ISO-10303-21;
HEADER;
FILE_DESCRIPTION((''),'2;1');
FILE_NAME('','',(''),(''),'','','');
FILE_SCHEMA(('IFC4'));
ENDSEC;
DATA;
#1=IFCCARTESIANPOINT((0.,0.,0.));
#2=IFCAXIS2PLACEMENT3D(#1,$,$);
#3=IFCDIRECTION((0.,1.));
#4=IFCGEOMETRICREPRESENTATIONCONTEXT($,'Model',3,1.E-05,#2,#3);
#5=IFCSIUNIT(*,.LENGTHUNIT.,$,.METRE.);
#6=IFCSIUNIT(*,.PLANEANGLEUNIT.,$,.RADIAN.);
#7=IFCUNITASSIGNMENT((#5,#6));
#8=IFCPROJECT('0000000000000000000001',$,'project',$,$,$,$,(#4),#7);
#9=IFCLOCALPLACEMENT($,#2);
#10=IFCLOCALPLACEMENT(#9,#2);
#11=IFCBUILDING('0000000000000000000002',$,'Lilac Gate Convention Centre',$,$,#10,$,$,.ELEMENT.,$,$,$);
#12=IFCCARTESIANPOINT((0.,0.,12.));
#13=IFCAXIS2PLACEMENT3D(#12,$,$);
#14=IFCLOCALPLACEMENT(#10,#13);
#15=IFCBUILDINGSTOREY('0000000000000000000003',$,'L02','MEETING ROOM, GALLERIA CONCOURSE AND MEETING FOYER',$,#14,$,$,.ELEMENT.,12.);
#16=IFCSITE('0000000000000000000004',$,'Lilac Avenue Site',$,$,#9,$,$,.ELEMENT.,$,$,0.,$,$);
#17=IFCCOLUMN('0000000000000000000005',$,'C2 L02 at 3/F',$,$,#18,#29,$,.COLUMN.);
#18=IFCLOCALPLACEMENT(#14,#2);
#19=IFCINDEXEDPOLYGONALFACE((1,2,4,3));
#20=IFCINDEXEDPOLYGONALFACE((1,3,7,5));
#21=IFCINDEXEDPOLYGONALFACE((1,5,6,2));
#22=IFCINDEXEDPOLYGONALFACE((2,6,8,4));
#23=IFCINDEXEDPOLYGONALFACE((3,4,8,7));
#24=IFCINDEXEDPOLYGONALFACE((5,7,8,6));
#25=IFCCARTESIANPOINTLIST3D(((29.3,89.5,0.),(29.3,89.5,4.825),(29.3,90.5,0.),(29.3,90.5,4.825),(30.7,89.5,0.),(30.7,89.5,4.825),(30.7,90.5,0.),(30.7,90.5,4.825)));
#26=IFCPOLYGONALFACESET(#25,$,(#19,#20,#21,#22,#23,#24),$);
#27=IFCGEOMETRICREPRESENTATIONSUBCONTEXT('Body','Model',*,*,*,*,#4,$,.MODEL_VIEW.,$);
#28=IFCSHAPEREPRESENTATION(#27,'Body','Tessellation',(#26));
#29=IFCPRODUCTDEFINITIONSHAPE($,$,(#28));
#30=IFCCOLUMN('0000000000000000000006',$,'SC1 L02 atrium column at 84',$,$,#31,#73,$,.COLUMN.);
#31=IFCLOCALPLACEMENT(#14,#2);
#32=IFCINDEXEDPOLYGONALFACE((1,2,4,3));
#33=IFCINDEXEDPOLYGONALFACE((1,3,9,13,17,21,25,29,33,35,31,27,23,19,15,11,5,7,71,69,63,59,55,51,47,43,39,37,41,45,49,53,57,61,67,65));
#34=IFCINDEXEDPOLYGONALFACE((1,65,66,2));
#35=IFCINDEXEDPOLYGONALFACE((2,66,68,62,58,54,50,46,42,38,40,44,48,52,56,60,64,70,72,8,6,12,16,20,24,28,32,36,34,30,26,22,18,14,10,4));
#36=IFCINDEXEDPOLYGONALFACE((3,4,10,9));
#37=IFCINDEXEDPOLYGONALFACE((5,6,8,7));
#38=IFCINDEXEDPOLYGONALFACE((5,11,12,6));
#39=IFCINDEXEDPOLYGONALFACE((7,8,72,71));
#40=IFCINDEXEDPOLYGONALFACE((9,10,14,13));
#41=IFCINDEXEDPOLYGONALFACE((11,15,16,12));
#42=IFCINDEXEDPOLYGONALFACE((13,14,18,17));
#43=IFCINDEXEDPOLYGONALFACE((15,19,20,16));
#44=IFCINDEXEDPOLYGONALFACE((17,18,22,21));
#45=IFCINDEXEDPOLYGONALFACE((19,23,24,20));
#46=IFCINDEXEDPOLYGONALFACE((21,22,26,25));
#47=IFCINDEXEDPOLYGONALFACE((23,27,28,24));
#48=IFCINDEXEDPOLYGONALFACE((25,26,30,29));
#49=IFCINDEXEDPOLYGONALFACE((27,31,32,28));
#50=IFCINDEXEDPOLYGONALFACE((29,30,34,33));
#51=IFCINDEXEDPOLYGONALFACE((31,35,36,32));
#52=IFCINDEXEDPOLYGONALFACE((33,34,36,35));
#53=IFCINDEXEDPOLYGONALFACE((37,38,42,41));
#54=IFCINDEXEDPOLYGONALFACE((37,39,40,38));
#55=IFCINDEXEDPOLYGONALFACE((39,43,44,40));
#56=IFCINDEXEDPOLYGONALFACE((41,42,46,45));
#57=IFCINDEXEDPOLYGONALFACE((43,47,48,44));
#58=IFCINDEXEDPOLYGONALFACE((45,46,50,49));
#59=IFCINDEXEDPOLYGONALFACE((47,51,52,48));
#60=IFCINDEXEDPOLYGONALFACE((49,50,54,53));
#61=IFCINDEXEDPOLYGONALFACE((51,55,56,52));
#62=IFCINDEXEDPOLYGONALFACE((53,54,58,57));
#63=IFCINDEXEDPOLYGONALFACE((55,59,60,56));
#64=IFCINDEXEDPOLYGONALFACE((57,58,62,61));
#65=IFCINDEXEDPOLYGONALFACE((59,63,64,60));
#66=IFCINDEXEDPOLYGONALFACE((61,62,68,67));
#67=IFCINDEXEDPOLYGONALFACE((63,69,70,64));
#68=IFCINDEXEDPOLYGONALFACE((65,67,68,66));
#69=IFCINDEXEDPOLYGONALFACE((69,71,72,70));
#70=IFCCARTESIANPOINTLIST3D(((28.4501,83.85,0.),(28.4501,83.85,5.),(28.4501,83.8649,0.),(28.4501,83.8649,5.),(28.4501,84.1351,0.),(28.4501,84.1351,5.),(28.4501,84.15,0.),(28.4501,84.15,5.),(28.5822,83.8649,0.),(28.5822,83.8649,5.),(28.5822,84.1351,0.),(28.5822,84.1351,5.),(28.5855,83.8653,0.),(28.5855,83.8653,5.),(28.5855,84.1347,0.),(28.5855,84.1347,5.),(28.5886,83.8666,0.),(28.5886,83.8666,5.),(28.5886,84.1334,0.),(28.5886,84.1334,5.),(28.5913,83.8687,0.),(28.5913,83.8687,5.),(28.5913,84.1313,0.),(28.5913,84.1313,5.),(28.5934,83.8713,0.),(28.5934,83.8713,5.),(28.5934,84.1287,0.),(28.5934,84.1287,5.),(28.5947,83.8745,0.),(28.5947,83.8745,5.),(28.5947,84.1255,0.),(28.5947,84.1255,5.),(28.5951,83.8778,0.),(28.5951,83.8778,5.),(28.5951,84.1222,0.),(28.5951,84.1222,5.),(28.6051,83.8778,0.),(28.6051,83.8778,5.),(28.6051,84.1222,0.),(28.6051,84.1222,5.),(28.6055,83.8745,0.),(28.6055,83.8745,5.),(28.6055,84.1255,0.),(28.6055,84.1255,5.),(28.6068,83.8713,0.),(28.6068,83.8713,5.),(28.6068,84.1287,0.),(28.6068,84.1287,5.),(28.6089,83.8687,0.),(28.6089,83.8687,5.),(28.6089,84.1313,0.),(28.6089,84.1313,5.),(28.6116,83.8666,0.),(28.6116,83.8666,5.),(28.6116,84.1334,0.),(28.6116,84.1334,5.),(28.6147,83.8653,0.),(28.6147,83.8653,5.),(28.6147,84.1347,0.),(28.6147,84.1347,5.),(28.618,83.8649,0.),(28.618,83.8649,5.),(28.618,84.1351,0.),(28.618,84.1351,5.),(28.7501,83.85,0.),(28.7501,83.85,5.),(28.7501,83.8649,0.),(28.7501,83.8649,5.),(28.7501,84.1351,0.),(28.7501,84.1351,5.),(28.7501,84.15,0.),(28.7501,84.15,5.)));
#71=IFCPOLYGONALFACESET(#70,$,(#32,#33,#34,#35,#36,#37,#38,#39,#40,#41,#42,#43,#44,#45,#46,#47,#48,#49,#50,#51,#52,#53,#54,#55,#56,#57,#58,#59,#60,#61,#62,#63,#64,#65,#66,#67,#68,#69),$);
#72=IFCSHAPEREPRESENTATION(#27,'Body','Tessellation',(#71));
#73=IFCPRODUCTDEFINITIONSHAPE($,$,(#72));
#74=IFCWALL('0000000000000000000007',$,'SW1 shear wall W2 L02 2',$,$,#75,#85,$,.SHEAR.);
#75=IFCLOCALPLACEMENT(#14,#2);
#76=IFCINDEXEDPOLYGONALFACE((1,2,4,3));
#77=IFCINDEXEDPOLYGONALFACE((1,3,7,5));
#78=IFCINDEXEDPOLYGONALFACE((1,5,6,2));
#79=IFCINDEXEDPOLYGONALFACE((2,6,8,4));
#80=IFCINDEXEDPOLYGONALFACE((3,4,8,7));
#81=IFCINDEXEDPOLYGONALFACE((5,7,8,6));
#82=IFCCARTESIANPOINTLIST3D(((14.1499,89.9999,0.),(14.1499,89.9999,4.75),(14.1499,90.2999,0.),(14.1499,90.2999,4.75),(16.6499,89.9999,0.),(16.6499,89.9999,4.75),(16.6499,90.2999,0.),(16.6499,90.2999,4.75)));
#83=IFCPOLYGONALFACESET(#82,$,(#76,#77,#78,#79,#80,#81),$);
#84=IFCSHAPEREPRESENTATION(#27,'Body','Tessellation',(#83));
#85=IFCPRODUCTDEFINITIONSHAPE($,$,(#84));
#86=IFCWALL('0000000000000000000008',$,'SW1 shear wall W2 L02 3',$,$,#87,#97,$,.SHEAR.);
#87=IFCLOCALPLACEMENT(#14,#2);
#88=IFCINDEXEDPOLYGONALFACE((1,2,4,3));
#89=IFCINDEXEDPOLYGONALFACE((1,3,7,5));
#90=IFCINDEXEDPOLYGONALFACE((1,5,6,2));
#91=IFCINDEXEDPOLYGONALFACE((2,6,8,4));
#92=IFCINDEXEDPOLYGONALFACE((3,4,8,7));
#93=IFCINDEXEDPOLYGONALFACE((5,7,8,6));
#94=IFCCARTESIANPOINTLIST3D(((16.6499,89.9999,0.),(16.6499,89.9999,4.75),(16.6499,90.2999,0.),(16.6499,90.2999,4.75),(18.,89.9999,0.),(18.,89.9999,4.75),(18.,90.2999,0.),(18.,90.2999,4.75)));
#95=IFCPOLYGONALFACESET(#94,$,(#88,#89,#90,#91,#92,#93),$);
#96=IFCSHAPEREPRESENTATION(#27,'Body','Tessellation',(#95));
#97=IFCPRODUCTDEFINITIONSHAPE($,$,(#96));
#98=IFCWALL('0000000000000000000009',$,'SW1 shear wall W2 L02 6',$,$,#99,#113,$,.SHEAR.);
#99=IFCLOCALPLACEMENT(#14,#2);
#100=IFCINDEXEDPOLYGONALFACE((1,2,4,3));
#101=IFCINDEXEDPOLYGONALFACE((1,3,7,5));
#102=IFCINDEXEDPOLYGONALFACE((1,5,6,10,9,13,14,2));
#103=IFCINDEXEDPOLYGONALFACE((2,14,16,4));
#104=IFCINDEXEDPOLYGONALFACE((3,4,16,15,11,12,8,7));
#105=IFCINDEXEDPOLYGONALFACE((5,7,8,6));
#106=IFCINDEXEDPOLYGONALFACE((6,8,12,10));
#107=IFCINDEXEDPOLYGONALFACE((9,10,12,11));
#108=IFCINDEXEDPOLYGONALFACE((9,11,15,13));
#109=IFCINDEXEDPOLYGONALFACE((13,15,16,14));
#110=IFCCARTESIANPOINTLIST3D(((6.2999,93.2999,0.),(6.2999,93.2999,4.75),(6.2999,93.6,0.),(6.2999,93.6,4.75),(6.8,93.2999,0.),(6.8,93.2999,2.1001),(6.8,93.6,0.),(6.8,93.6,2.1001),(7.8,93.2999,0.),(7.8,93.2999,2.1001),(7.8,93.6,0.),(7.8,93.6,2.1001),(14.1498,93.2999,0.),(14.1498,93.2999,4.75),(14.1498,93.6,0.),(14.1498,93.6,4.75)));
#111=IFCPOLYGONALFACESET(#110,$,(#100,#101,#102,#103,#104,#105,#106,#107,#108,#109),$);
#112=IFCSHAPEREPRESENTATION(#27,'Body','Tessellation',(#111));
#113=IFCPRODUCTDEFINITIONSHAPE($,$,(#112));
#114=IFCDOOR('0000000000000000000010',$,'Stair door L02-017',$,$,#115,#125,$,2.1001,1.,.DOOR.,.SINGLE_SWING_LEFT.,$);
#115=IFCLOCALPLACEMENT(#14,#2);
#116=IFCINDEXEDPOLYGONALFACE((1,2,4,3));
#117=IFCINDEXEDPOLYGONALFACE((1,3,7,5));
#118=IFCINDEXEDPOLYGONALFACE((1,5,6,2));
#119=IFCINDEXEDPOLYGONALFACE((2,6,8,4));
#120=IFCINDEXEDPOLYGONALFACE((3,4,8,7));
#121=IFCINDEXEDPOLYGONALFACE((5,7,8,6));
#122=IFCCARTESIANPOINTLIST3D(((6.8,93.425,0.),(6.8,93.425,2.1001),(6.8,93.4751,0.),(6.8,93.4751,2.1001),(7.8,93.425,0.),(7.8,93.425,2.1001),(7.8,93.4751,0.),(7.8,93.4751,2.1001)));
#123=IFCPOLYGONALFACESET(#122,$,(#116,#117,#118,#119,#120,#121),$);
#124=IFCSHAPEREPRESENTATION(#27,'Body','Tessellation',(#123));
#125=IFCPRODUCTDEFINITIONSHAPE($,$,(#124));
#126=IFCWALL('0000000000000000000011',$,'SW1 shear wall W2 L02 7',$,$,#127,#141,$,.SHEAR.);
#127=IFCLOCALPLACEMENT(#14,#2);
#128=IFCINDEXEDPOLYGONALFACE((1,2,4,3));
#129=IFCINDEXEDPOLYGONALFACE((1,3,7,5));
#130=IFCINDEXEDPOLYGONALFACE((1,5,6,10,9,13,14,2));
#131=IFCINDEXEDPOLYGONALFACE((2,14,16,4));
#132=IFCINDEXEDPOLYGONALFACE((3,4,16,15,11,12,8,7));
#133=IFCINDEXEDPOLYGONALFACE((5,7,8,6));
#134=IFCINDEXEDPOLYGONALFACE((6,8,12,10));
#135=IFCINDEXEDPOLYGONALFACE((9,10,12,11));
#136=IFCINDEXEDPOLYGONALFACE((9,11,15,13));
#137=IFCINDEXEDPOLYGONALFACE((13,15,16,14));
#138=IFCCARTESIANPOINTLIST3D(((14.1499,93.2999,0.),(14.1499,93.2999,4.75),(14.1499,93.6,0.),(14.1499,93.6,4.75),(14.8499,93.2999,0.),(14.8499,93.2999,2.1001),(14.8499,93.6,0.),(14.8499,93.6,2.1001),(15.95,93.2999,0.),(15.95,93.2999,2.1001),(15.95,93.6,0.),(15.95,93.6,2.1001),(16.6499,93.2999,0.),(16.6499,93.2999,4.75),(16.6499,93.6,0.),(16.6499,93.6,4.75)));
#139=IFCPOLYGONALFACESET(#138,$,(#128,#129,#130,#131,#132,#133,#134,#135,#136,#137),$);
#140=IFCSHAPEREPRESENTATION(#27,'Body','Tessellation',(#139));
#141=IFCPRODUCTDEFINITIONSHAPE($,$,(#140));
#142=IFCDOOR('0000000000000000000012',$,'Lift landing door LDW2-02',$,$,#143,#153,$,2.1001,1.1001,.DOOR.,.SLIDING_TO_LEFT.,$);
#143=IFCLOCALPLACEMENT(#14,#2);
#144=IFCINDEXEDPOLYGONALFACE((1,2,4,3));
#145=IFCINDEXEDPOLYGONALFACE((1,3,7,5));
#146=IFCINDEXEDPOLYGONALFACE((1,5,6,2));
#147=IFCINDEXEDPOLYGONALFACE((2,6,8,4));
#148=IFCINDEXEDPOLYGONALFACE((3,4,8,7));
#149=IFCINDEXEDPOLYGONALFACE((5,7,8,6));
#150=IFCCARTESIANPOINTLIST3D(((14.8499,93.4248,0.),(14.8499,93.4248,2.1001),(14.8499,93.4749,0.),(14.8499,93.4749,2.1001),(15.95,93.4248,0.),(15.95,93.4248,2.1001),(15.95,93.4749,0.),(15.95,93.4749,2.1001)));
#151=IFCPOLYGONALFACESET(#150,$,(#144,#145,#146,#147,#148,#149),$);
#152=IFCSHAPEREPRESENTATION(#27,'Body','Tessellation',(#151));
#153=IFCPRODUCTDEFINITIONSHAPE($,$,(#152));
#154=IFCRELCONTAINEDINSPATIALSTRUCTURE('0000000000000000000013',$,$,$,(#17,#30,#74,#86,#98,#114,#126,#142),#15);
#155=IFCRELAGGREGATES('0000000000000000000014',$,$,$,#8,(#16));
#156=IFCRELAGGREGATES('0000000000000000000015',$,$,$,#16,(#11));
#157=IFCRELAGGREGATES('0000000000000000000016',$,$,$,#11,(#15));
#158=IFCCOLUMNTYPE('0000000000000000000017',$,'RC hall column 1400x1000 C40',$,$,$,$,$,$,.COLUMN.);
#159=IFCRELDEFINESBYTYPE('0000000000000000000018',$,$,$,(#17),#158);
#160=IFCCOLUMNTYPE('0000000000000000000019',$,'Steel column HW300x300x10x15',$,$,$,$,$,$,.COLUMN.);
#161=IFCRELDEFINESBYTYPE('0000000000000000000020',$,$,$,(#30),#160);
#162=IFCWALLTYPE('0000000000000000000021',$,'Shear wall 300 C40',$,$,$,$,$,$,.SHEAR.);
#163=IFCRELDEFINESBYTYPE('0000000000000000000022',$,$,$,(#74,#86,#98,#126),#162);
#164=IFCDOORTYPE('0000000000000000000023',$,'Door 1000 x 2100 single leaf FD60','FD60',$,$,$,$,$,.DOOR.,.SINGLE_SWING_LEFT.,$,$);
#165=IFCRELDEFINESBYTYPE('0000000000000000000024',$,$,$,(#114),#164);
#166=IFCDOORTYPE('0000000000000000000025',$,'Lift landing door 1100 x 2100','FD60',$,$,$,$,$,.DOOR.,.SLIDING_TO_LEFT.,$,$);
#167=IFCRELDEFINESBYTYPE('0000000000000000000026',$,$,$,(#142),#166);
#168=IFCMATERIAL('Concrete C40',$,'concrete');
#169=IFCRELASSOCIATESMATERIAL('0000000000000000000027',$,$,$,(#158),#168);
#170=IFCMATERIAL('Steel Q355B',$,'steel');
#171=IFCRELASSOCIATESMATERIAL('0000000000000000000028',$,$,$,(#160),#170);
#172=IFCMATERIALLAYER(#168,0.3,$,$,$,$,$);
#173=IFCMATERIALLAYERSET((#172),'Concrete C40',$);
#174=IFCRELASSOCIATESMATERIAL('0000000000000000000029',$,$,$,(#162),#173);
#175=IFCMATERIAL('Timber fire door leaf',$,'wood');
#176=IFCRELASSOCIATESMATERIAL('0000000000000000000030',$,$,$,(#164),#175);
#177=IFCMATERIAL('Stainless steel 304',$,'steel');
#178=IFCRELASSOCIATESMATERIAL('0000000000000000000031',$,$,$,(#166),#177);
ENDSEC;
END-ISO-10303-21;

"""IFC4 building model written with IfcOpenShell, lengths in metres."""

from ifc_helpers import new_model, si_unit, direction, frame, frame_2d, origin, origin_2d, place, context, subcontext, project, spatial, rectangle, i_section, extrude, material, layer, layer_set, material_profile, profile_set, type_object, element, fill, save


model = new_model("IFC4")

# Units and contexts
model_context = context("Model", 3, precision=1e-05, world=origin(), true_north=direction((0.0, 1.0)))
body_context = subcontext(model_context, "Body", "Model", "MODEL_VIEW")
ifc_project = project(units=[si_unit("LENGTHUNIT", "METRE"), si_unit("PLANEANGLEUNIT", "RADIAN")], contexts=[model_context])

# Site, building, storey
site_placement = place(None, origin())
site = spatial("IfcSite", under=ifc_project, at=site_placement, Name="Lilac Avenue Site", CompositionType="ELEMENT", RefElevation=0.0)
building_placement = place(site_placement, origin())
building = spatial("IfcBuilding", under=site, at=building_placement, Name="Lilac Gate Convention Centre", CompositionType="ELEMENT")
storey_placement = place(building_placement, frame((0.0, 0.0, 12.0)))
storey = spatial("IfcBuildingStorey", under=building, at=storey_placement, Name="L02", Description="MEETING ROOM, GALLERIA CONCOURSE AND MEETING FOYER", CompositionType="ELEMENT", Elevation=12.0)

# Columns
ifc_material_1 = material(Name="Concrete C40", Category="concrete")
ifc_material_profile_1 = material_profile(ifc_material_1, rectangle(XDim=1.3999, YDim=1.0, at=origin_2d()), Name="RC 1400x1000")
ifc_profile_set_1 = profile_set([ifc_material_profile_1], Name="Concrete C40")
column_type_1 = type_object("IfcColumnType", Name="RC hall column 1400x1000 C40", PredefinedType="COLUMN", material=ifc_profile_set_1)
column_1_placement = place(storey_placement, frame((30.0, 90.0, 0.0), z_axis=(0.0, 0.0, 1.0), x_axis=(1.0, 0.0, 0.0)))
element("IfcColumn", 1, at=column_1_placement, inside=storey, type_object=column_type_1, Name="C2 L02 at 3/F", PredefinedType="COLUMN", context=body_context, shape_type="SweptSolid", body=[
    extrude(rectangle(XDim=1.3999, YDim=1.0, at=origin_2d()), origin(), (0.0, 0.0, 1.0), 4.825),
])
ifc_material_2 = material(Name="Steel Q355B", Category="steel")
ifc_material_profile_2 = material_profile(ifc_material_2, i_section(OverallWidth=0.3, OverallDepth=0.3, WebThickness=0.01, FlangeThickness=0.0149, FilletRadius=0.0129, at=origin_2d()), Name="HW300x300x10x15")
ifc_profile_set_2 = profile_set([ifc_material_profile_2], Name="Steel Q355B")
column_type_2 = type_object("IfcColumnType", Name="Steel column HW300x300x10x15", PredefinedType="COLUMN", material=ifc_profile_set_2)
column_2_placement = place(storey_placement, frame((28.6001, 84.0, 0.0), z_axis=(0.0, 0.0, 1.0), x_axis=(1.0, 0.0, 0.0)))
element("IfcColumn", 2, at=column_2_placement, inside=storey, type_object=column_type_2, Name="SC1 L02 atrium column at 84", PredefinedType="COLUMN", context=body_context, shape_type="SweptSolid", body=[
    extrude(i_section(OverallWidth=0.3, OverallDepth=0.3, WebThickness=0.01, FlangeThickness=0.0149, FilletRadius=0.0129, at=origin_2d()), origin(), (0.0, 0.0, 1.0), 5.0),
])

# Walls
ifc_layer = layer(ifc_material_1, 0.3)
ifc_layer_set = layer_set([ifc_layer], Name="Concrete C40")
wall_type = type_object("IfcWallType", Name="Shear wall 300 C40", PredefinedType="SHEAR", material=ifc_layer_set)
wall_1_placement = place(storey_placement, frame((14.1499, 90.1499, 0.0), z_axis=(0.0, 0.0, 1.0), x_axis=(1.0, 0.0, 0.0)))
element("IfcWall", 3, at=wall_1_placement, inside=storey, type_object=wall_type, Name="SW1 shear wall W2 L02 2", PredefinedType="SHEAR", context=body_context, shape_type="SweptSolid", body=[
    extrude(rectangle(XDim=2.5, YDim=0.3, at=frame_2d((1.25, 0.0))), origin(), (0.0, 0.0, 1.0), 4.75),
])
wall_2_placement = place(storey_placement, frame((16.6499, 90.1499, 0.0), z_axis=(0.0, 0.0, 1.0), x_axis=(1.0, 0.0, 0.0)))
element("IfcWall", 4, at=wall_2_placement, inside=storey, type_object=wall_type, Name="SW1 shear wall W2 L02 3", PredefinedType="SHEAR", context=body_context, shape_type="SweptSolid", body=[
    extrude(rectangle(XDim=1.3501, YDim=0.3, at=frame_2d((0.675, 0.0))), origin(), (0.0, 0.0, 1.0), 4.75),
])

# Walls, openings, doors
wall_3_placement = place(storey_placement, frame((6.3, 93.45, 0.0), z_axis=(0.0, 0.0, 1.0), x_axis=(1.0, 0.0, 0.0)))
wall_3 = element("IfcWall", 5, at=wall_3_placement, inside=storey, type_object=wall_type, Name="SW1 shear wall W2 L02 6", PredefinedType="SHEAR", context=body_context, shape_type="SweptSolid", body=[
    extrude(rectangle(XDim=7.8499, YDim=0.3, at=frame_2d((3.9248, 0.0))), origin(), (0.0, 0.0, 1.0), 4.75),
])
opening_1_placement = place(wall_3_placement, frame((0.5, 0.0, 0.0)))
opening_1 = element("IfcOpeningElement", 6, at=opening_1_placement, cuts=wall_3, PredefinedType="OPENING", context=body_context, shape_type="SweptSolid", body=[
    extrude(rectangle(XDim=1.0, YDim=2.1001, at=frame_2d((0.5, 1.05))), frame((0.0, 0.1599, 0.0), z_axis=(0.0, -1.0, 0.0), x_axis=(1.0, 0.0, 0.0)), (0.0, 0.0, 1.0), 0.3201),
])
ifc_material_3 = material(Name="Timber fire door leaf", Category="wood")
door_type_1 = type_object("IfcDoorType", Name="Door 1000 x 2100 single leaf FD60", Description="FD60", OperationType="SINGLE_SWING_LEFT", PredefinedType="DOOR", material=ifc_material_3)
door_1_placement = place(opening_1_placement, frame((1.0, 0.0, 0.0), z_axis=(0.0, 0.0, 1.0), x_axis=(-1.0, 0.0, 0.0)))
door_1 = element("IfcDoor", 7, at=door_1_placement, inside=storey, type_object=door_type_1, Name="Stair door L02-017", OperationType="SINGLE_SWING_LEFT", OverallHeight=2.1001, OverallWidth=1.0, PredefinedType="DOOR", context=body_context, shape_type="SweptSolid", body=[
    extrude(rectangle(XDim=1.0, YDim=2.1001, at=frame_2d((0.5, 1.05))), frame((0.0, 0.0249, 0.0), z_axis=(0.0, -1.0, 0.0), x_axis=(1.0, 0.0, 0.0)), (0.0, 0.0, 1.0), 0.05),
])
fill(opening_1, door_1)
wall_4_placement = place(storey_placement, frame((14.1499, 93.45, 0.0), z_axis=(0.0, 0.0, 1.0), x_axis=(1.0, 0.0, 0.0)))
wall_4 = element("IfcWall", 8, at=wall_4_placement, inside=storey, type_object=wall_type, Name="SW1 shear wall W2 L02 7", PredefinedType="SHEAR", context=body_context, shape_type="SweptSolid", body=[
    extrude(rectangle(XDim=2.5, YDim=0.3, at=frame_2d((1.25, 0.0))), origin(), (0.0, 0.0, 1.0), 4.75),
])
opening_2_placement = place(wall_4_placement, frame((0.7, 0.0, 0.0)))
opening_2 = element("IfcOpeningElement", 9, at=opening_2_placement, cuts=wall_4, PredefinedType="OPENING", context=body_context, shape_type="SweptSolid", body=[
    extrude(rectangle(XDim=1.1001, YDim=2.1001, at=frame_2d((0.55, 1.05))), frame((0.0, 0.1599, 0.0), z_axis=(0.0, -1.0, 0.0), x_axis=(1.0, 0.0, 0.0)), (0.0, 0.0, 1.0), 0.3201),
])
ifc_material_4 = material(Name="Stainless steel 304", Category="steel")
door_type_2 = type_object("IfcDoorType", Name="Lift landing door 1100 x 2100", Description="FD60", OperationType="SLIDING_TO_LEFT", PredefinedType="DOOR", material=ifc_material_4)
door_2_placement = place(opening_2_placement, origin())
door_2 = element("IfcDoor", 10, at=door_2_placement, inside=storey, type_object=door_type_2, Name="Lift landing door LDW2-02", OperationType="SLIDING_TO_LEFT", OverallHeight=2.1001, OverallWidth=1.1001, PredefinedType="DOOR", context=body_context, shape_type="SweptSolid", body=[
    extrude(rectangle(XDim=1.1001, YDim=2.1001, at=frame_2d((0.55, 1.05))), frame((0.0, 0.0249, 0.0), z_axis=(0.0, -1.0, 0.0), x_axis=(1.0, 0.0, 0.0)), (0.0, 0.0, 1.0), 0.05),
])
fill(opening_2, door_2)

save(model, "model.ifc")
